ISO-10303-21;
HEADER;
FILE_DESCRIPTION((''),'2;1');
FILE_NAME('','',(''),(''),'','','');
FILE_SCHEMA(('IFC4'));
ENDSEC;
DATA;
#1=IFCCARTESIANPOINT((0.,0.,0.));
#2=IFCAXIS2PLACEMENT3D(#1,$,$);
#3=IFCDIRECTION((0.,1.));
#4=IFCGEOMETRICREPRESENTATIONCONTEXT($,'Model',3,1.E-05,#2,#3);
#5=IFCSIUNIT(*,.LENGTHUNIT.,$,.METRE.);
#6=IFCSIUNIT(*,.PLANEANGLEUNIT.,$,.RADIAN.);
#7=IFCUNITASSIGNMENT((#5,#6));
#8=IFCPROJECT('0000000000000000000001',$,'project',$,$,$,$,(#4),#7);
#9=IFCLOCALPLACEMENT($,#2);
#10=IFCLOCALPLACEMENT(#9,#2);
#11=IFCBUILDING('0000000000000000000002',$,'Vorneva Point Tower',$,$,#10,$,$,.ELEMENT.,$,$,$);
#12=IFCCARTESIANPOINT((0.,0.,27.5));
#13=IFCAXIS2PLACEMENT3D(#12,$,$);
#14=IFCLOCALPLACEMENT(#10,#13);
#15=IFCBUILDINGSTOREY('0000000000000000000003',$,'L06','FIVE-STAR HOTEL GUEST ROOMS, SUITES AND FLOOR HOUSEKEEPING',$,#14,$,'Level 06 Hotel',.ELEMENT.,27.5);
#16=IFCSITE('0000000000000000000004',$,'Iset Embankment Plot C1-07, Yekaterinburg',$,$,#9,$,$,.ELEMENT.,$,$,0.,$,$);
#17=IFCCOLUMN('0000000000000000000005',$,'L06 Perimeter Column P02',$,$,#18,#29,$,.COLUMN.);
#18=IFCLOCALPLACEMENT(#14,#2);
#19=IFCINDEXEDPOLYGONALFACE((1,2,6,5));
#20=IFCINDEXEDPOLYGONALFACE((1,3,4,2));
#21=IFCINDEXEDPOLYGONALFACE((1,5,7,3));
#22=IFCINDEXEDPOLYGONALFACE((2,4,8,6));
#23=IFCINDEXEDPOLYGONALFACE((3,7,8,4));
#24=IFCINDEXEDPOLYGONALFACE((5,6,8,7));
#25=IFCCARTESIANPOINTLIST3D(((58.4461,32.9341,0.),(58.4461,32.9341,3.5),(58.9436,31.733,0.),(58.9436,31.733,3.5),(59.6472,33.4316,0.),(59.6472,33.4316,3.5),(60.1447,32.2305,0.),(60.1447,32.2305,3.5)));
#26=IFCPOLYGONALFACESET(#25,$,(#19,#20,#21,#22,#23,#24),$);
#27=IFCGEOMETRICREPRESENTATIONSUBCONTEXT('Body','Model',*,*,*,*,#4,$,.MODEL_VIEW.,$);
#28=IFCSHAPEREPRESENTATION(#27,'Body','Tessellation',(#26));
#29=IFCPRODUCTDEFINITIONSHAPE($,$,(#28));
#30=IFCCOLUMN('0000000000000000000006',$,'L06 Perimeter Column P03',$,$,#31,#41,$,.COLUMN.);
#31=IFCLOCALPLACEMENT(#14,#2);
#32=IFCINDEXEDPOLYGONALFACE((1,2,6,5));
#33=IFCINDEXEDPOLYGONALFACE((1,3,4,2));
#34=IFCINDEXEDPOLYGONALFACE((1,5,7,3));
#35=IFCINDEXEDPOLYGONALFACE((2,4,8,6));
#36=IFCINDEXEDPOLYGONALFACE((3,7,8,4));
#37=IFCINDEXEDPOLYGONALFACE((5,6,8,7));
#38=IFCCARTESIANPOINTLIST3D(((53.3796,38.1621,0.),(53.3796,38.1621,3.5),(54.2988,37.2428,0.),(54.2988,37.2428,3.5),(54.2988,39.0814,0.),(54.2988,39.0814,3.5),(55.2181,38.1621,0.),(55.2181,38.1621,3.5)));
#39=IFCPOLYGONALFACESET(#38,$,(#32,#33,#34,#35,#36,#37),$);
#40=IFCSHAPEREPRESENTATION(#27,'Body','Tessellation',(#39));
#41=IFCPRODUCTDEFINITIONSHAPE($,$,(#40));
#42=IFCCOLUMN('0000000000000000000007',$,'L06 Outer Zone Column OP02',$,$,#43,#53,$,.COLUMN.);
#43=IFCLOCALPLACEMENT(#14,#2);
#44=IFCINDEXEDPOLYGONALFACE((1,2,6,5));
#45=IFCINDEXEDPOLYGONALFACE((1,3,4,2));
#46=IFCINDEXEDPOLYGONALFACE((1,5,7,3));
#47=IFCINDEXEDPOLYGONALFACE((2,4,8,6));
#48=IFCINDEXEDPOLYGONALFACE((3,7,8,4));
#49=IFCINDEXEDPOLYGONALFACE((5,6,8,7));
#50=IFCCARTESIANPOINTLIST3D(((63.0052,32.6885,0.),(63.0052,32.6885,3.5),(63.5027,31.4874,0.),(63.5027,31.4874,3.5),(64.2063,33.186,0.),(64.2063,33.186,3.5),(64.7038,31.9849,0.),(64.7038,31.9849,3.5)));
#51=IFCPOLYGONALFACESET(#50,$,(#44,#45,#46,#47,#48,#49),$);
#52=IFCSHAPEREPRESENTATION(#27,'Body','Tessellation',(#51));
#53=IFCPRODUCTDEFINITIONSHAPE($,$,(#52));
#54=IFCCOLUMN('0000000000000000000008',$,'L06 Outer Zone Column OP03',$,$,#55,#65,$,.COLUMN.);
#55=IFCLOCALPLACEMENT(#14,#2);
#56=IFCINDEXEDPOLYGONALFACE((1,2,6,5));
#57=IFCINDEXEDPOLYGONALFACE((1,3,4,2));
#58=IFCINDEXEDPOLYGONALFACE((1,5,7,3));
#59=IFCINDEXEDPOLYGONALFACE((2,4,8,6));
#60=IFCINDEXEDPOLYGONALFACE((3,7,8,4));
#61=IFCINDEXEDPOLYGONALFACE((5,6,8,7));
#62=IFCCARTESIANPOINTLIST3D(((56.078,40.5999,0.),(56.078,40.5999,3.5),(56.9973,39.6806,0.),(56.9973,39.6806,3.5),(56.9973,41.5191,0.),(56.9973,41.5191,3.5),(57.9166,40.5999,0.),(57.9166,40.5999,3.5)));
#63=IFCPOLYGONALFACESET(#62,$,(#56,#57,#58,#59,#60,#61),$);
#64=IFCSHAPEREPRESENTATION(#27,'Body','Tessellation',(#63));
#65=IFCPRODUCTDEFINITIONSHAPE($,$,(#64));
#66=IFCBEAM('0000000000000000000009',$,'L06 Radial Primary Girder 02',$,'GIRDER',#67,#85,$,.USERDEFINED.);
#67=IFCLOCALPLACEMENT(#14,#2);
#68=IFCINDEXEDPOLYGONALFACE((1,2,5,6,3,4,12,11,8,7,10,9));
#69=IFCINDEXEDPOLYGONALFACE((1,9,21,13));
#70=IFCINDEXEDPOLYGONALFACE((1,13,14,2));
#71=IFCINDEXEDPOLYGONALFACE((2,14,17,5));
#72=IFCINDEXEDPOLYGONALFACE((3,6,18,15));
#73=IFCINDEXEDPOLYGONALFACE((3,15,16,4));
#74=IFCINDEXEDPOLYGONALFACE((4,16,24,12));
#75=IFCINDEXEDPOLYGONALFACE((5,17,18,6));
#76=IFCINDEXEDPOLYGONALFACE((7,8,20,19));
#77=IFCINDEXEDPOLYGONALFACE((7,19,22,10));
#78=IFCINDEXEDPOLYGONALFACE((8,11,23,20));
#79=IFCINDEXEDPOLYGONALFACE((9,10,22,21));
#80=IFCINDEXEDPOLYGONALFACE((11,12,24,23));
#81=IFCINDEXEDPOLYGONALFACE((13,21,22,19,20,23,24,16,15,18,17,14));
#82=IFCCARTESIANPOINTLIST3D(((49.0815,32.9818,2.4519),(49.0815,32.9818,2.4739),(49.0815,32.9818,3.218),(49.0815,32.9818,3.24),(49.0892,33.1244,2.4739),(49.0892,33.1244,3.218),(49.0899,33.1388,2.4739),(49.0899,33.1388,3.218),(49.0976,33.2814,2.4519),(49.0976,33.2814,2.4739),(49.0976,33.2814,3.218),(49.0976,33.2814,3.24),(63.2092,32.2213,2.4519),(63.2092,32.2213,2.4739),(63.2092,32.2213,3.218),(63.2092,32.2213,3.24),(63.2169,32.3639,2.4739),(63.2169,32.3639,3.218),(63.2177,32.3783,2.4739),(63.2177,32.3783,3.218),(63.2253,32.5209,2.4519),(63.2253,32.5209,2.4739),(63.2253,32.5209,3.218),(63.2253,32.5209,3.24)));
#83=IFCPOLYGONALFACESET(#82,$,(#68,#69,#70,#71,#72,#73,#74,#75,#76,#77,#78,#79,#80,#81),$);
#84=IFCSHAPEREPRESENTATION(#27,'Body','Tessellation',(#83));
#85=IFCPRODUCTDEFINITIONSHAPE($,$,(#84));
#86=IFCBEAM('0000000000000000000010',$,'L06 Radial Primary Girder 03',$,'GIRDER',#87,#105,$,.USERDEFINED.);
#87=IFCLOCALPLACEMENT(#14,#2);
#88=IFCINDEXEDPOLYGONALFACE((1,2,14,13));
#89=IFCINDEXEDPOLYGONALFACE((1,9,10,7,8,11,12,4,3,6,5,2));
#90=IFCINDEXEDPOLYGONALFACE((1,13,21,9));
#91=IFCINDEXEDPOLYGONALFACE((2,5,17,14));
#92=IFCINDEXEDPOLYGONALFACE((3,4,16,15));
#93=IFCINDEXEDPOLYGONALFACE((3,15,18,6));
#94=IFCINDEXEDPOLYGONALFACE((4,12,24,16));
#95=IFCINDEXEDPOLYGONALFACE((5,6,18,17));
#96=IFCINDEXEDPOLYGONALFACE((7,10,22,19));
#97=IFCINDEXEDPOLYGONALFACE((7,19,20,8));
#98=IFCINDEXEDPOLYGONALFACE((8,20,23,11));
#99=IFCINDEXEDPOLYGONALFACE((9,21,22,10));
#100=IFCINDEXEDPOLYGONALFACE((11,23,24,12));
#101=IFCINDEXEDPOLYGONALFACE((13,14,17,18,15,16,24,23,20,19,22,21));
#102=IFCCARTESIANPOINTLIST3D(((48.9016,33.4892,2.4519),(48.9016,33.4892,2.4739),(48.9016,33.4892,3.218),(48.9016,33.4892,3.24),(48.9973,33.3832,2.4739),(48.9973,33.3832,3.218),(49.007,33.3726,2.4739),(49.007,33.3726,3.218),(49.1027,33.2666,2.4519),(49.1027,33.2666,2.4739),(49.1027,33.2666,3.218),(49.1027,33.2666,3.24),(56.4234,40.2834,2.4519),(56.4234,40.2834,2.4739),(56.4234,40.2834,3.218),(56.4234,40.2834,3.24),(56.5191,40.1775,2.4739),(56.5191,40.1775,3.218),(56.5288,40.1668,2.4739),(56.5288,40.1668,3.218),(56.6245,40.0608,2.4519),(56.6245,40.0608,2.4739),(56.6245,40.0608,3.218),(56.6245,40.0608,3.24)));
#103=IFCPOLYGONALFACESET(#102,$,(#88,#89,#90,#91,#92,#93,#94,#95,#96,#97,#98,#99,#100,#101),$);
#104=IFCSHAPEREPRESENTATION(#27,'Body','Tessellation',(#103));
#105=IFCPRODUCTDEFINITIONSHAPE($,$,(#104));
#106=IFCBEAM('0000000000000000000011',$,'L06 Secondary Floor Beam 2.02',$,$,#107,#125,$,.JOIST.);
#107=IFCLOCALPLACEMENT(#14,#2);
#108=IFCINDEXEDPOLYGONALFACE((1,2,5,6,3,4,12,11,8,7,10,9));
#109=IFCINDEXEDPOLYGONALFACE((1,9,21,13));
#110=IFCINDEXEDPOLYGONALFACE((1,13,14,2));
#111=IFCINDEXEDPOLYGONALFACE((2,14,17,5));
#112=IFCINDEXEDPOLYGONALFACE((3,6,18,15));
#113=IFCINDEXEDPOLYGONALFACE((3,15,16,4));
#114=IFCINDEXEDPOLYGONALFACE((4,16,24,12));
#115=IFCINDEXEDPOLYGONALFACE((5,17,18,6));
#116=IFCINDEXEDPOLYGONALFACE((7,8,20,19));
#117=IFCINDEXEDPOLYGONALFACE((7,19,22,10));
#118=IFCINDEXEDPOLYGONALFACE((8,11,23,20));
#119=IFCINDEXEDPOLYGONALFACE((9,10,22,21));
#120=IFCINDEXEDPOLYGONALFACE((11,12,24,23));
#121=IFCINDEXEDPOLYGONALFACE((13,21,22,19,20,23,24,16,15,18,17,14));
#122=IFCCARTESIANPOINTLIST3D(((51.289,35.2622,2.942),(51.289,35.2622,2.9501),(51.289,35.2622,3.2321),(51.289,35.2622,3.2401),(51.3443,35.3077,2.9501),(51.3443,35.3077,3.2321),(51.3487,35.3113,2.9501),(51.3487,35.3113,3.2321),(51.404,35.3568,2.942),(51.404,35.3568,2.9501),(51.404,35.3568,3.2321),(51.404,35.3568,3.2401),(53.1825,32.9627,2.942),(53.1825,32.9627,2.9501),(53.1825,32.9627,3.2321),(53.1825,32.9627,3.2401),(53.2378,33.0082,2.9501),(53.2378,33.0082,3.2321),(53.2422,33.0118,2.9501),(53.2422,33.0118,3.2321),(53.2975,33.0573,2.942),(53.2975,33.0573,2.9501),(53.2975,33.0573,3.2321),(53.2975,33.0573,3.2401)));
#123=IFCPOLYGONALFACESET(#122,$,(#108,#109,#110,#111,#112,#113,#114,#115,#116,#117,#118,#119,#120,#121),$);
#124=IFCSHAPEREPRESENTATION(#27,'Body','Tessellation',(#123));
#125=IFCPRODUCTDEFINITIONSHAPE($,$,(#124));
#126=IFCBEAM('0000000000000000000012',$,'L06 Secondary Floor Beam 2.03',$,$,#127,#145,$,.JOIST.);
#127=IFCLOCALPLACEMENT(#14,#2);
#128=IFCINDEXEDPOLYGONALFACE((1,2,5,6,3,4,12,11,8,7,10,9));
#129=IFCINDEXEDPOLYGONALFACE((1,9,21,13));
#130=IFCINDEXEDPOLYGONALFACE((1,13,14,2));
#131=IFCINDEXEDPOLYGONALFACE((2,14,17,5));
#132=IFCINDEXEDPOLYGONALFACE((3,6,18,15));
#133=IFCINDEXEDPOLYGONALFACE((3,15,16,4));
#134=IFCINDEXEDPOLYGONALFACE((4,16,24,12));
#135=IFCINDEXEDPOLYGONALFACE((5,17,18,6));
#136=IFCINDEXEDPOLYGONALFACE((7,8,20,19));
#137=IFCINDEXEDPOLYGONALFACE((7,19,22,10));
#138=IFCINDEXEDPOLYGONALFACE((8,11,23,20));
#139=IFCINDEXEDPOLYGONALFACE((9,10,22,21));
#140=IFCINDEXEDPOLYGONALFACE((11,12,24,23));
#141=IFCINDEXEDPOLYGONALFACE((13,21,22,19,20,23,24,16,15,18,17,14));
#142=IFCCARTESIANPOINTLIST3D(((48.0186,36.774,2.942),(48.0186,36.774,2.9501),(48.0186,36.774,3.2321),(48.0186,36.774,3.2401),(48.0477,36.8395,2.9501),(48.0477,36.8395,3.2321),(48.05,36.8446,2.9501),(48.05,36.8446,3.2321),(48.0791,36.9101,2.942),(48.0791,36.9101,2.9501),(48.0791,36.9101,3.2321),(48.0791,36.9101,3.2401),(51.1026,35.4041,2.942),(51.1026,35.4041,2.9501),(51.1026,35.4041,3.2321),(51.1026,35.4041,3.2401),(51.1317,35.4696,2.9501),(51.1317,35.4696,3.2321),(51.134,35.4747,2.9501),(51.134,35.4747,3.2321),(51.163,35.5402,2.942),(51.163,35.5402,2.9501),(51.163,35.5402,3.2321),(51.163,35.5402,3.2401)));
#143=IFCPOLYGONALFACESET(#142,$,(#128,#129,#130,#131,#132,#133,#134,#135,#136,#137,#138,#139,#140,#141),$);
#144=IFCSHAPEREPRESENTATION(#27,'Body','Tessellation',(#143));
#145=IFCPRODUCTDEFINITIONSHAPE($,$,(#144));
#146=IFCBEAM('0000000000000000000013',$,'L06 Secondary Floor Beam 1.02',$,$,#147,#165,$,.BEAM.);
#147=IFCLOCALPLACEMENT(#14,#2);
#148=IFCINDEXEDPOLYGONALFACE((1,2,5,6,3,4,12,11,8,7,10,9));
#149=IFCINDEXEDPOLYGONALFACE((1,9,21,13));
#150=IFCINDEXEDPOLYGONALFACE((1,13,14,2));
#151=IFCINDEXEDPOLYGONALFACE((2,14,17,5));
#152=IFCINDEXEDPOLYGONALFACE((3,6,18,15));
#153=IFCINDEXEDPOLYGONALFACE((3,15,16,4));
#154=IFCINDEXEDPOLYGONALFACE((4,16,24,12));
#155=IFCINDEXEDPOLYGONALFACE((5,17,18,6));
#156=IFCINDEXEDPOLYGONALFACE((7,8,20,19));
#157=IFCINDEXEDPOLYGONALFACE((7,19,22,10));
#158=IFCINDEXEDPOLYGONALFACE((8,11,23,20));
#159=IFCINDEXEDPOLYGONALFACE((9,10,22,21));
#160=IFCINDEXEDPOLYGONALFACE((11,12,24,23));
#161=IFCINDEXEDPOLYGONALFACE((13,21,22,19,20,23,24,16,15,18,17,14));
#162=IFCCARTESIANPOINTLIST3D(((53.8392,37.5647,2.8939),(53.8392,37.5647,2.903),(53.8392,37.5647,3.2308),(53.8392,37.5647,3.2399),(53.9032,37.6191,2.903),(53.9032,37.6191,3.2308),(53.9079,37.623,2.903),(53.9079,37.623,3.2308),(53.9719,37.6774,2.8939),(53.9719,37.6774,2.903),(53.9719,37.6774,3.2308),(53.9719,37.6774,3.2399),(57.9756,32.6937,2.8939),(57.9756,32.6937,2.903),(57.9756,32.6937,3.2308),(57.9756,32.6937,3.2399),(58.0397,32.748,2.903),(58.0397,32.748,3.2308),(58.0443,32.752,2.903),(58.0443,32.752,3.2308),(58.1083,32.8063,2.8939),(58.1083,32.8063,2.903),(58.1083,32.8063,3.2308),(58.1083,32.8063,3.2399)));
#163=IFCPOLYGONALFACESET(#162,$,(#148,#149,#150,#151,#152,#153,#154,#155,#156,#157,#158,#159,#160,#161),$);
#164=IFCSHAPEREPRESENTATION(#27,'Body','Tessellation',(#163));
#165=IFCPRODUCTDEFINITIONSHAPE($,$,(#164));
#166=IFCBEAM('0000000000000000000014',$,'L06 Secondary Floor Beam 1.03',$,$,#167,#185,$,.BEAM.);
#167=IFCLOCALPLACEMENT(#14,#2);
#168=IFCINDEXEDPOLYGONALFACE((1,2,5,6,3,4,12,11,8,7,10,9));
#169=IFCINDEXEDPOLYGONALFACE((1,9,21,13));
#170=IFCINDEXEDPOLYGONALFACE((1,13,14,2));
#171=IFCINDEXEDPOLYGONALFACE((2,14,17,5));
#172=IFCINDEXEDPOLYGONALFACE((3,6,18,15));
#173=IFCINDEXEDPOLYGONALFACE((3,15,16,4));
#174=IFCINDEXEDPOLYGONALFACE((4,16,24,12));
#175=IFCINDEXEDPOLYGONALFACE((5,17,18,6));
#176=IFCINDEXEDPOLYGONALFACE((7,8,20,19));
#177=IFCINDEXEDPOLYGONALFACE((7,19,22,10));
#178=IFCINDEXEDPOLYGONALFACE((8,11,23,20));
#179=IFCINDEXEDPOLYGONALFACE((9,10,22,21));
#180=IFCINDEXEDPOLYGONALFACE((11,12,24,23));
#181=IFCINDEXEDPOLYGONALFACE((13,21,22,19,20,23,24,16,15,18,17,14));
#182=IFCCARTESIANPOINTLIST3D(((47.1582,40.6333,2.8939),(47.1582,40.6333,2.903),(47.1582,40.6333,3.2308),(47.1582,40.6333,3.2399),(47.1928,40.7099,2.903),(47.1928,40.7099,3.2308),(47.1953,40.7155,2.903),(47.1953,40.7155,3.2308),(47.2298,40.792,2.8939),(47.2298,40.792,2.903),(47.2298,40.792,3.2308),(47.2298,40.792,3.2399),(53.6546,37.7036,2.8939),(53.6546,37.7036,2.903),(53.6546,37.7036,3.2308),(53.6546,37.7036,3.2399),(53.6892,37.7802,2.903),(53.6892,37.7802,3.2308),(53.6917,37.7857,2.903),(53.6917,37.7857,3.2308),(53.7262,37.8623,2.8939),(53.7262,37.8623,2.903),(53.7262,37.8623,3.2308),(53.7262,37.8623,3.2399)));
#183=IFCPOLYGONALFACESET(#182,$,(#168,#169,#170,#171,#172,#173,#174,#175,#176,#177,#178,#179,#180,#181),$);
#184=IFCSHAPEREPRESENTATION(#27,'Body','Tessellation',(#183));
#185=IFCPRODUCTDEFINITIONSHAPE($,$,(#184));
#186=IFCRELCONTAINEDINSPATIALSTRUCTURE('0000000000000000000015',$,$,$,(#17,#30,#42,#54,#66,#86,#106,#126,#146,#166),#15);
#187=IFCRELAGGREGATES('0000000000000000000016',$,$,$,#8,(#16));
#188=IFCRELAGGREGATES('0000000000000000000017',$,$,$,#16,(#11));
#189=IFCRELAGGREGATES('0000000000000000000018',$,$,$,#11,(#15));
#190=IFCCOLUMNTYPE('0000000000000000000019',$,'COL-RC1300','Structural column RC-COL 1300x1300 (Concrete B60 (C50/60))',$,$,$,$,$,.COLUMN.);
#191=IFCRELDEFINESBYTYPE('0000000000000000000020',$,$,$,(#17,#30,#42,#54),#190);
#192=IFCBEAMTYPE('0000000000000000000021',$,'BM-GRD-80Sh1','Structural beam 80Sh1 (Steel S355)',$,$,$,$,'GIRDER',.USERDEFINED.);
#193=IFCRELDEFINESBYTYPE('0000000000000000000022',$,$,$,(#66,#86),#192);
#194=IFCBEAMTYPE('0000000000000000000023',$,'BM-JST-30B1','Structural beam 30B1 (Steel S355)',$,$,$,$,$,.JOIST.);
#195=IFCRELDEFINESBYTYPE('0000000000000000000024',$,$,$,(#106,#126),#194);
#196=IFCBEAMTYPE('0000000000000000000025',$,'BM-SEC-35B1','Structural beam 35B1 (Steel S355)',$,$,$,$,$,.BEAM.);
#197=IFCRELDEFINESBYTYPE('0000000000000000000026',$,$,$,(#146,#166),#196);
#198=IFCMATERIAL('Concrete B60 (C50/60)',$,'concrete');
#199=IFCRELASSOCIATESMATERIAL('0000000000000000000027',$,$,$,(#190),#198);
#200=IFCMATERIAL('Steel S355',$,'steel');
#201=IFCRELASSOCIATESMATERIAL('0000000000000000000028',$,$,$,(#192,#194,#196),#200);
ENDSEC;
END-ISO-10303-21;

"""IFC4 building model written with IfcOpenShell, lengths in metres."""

from ifc_helpers import new_model, si_unit, direction, frame, origin, origin_2d, place, context, subcontext, project, spatial, rectangle, i_section, extrude, material, material_profile, profile_set, type_object, element, save


model = new_model("IFC4")

# Units and contexts
model_context = context("Model", 3, precision=1e-05, world=origin(), true_north=direction((0.0, 1.0)))
body_context = subcontext(model_context, "Body", "Model", "MODEL_VIEW")
ifc_project = project(units=[si_unit("LENGTHUNIT", "METRE"), si_unit("PLANEANGLEUNIT", "RADIAN")], contexts=[model_context])

# Site, building, storey
site_placement = place(None, origin())
site = spatial("IfcSite", under=ifc_project, at=site_placement, Name="Iset Embankment Plot C1-07, Yekaterinburg", CompositionType="ELEMENT", RefElevation=0.0)
building_placement = place(site_placement, origin())
building = spatial("IfcBuilding", under=site, at=building_placement, Name="Vorneva Point Tower", CompositionType="ELEMENT")
storey_placement = place(building_placement, frame((0.0, 0.0, 27.5)))
storey = spatial("IfcBuildingStorey", under=building, at=storey_placement, Name="L06", Description="FIVE-STAR HOTEL GUEST ROOMS, SUITES AND FLOOR HOUSEKEEPING", LongName="Level 06 Hotel", CompositionType="ELEMENT", Elevation=27.5)

# Columns
ifc_material_1 = material(Name="Concrete B60 (C50/60)", Category="concrete")
ifc_material_profile_1 = material_profile(ifc_material_1, rectangle(XDim=1.3, YDim=1.3, at=origin_2d()), Name="RC-COL 1300x1300")
ifc_profile_set_1 = profile_set([ifc_material_profile_1], Name="Concrete B60 (C50/60)")
column_type = type_object("IfcColumnType", Name="COL-RC1300", Description="Structural column RC-COL 1300x1300 (Concrete B60 (C50/60))", PredefinedType="COLUMN", material=ifc_profile_set_1)
for number, where, z_axis, x_axis, name in (
    (1, (59.2954, 32.5823, 0.0), (0.0, 0.0, 1.0), (0.92388, 0.382683, 0.0), "L06 Perimeter Column P02"),
    (2, (54.2988, 38.1621, 0.0), (0.0, 0.0, 1.0), (0.707107, 0.707107, 0.0), "L06 Perimeter Column P03"),
    (3, (63.8545, 32.3367, 0.0), (0.0, 0.0, 1.0), (0.92388, 0.382683, 0.0), "L06 Outer Zone Column OP02"),
    (4, (56.9973, 40.5999, 0.0), (0.0, 0.0, 1.0), (0.707107, 0.707107, 0.0), "L06 Outer Zone Column OP03"),
):
    element("IfcColumn", number, at=place(storey_placement, frame(where, z_axis=z_axis, x_axis=x_axis)), inside=storey, type_object=column_type, Name=name, PredefinedType="COLUMN", context=body_context, shape_type="SweptSolid", body=[
        extrude(rectangle(XDim=1.3, YDim=1.3, at=origin_2d()), origin(), (0.0, 0.0, 1.0), 3.5),
    ])

# Beams
ifc_material_2 = material(Name="Steel S355", Category="steel")
ifc_material_profile_2 = material_profile(ifc_material_2, i_section(OverallWidth=0.3, OverallDepth=0.7881, WebThickness=0.0144, FlangeThickness=0.022, at=origin_2d()), Name="80Sh1")
ifc_profile_set_2 = profile_set([ifc_material_profile_2], Name="Steel S355")
beam_type_1 = type_object("IfcBeamType", Name="BM-GRD-80Sh1", Description="Structural beam 80Sh1 (Steel S355)", ElementType="GIRDER", PredefinedType="USERDEFINED", material=ifc_profile_set_2)
beam_1_placement = place(storey_placement, frame((63.2173, 32.3711, 2.8459), z_axis=(-0.998554, 0.053753, 0.0), x_axis=(-0.053753, -0.998554, 0.0)))
element("IfcBeam", 5, at=beam_1_placement, inside=storey, type_object=beam_type_1, Name="L06 Radial Primary Girder 02", ObjectType="GIRDER", PredefinedType="USERDEFINED", context=body_context, shape_type="SweptSolid", body=[
    extrude(i_section(OverallWidth=0.3, OverallDepth=0.7881, WebThickness=0.0144, FlangeThickness=0.022, at=origin_2d()), origin(), (0.0, 0.0, 1.0), 14.1482),
])
beam_2_placement = place(storey_placement, frame((56.5239, 40.1721, 2.8459), z_axis=(-0.742084, -0.670306, 0.0), x_axis=(0.670306, -0.742084, 0.0)))
element("IfcBeam", 6, at=beam_2_placement, inside=storey, type_object=beam_type_1, Name="L06 Radial Primary Girder 03", ObjectType="GIRDER", PredefinedType="USERDEFINED", context=body_context, shape_type="SweptSolid", body=[
    extrude(i_section(OverallWidth=0.3, OverallDepth=0.7881, WebThickness=0.0144, FlangeThickness=0.022, at=origin_2d()), origin(), (0.0, 0.0, 1.0), 10.136),
])
ifc_material_profile_3 = material_profile(ifc_material_2, i_section(OverallWidth=0.1489, OverallDepth=0.2981, WebThickness=0.0056, FlangeThickness=0.0081, at=origin_2d()), Name="30B1")
ifc_profile_set_3 = profile_set([ifc_material_profile_3], Name="Steel S355")
beam_type_2 = type_object("IfcBeamType", Name="BM-JST-30B1", Description="Structural beam 30B1 (Steel S355)", PredefinedType="JOIST", material=ifc_profile_set_3)
beam_3_placement = place(storey_placement, frame((53.24, 33.01, 3.0911), z_axis=(-0.635667, 0.771963, 0.0), x_axis=(-0.771963, -0.635667, 0.0)))
element("IfcBeam", 7, at=beam_3_placement, inside=storey, type_object=beam_type_2, Name="L06 Secondary Floor Beam 2.02", PredefinedType="JOIST", context=body_context, shape_type="SweptSolid", body=[
    extrude(i_section(OverallWidth=0.1489, OverallDepth=0.2981, WebThickness=0.0056, FlangeThickness=0.0081, at=origin_2d()), origin(), (0.0, 0.0, 1.0), 2.9788),
])
beam_4_placement = place(storey_placement, frame((51.1328, 35.4722, 3.0911), z_axis=(-0.913898, 0.405944, 0.0), x_axis=(-0.405944, -0.913898, 0.0)))
element("IfcBeam", 8, at=beam_4_placement, inside=storey, type_object=beam_type_2, Name="L06 Secondary Floor Beam 2.03", PredefinedType="JOIST", context=body_context, shape_type="SweptSolid", body=[
    extrude(i_section(OverallWidth=0.1489, OverallDepth=0.2981, WebThickness=0.0056, FlangeThickness=0.0081, at=origin_2d()), origin(), (0.0, 0.0, 1.0), 3.3745),
])
ifc_material_profile_4 = material_profile(ifc_material_2, i_section(OverallWidth=0.1741, OverallDepth=0.3459, WebThickness=0.0061, FlangeThickness=0.009, at=origin_2d()), Name="35B1")
ifc_profile_set_4 = profile_set([ifc_material_profile_4], Name="Steel S355")
beam_type_3 = type_object("IfcBeamType", Name="BM-SEC-35B1", Description="Structural beam 35B1 (Steel S355)", PredefinedType="BEAM", material=ifc_profile_set_4)
beam_5_placement = place(storey_placement, frame((58.042, 32.75, 3.0669), z_axis=(-0.647289, 0.762245, 0.0), x_axis=(-0.762245, -0.647289, 0.0)))
element("IfcBeam", 9, at=beam_5_placement, inside=storey, type_object=beam_type_3, Name="L06 Secondary Floor Beam 1.02", PredefinedType="BEAM", context=body_context, shape_type="SweptSolid", body=[
    extrude(i_section(OverallWidth=0.1741, OverallDepth=0.3459, WebThickness=0.0061, FlangeThickness=0.009, at=origin_2d()), origin(), (0.0, 0.0, 1.0), 6.3904),
])
beam_6_placement = place(storey_placement, frame((53.6904, 37.783, 3.0669), z_axis=(-0.911589, 0.411104, 0.0), x_axis=(-0.411104, -0.911589, 0.0)))
element("IfcBeam", 10, at=beam_6_placement, inside=storey, type_object=beam_type_3, Name="L06 Secondary Floor Beam 1.03", PredefinedType="BEAM", context=body_context, shape_type="SweptSolid", body=[
    extrude(i_section(OverallWidth=0.1741, OverallDepth=0.3459, WebThickness=0.0061, FlangeThickness=0.009, at=origin_2d()), origin(), (0.0, 0.0, 1.0), 7.1265),
])

save(model, "model.ifc")
